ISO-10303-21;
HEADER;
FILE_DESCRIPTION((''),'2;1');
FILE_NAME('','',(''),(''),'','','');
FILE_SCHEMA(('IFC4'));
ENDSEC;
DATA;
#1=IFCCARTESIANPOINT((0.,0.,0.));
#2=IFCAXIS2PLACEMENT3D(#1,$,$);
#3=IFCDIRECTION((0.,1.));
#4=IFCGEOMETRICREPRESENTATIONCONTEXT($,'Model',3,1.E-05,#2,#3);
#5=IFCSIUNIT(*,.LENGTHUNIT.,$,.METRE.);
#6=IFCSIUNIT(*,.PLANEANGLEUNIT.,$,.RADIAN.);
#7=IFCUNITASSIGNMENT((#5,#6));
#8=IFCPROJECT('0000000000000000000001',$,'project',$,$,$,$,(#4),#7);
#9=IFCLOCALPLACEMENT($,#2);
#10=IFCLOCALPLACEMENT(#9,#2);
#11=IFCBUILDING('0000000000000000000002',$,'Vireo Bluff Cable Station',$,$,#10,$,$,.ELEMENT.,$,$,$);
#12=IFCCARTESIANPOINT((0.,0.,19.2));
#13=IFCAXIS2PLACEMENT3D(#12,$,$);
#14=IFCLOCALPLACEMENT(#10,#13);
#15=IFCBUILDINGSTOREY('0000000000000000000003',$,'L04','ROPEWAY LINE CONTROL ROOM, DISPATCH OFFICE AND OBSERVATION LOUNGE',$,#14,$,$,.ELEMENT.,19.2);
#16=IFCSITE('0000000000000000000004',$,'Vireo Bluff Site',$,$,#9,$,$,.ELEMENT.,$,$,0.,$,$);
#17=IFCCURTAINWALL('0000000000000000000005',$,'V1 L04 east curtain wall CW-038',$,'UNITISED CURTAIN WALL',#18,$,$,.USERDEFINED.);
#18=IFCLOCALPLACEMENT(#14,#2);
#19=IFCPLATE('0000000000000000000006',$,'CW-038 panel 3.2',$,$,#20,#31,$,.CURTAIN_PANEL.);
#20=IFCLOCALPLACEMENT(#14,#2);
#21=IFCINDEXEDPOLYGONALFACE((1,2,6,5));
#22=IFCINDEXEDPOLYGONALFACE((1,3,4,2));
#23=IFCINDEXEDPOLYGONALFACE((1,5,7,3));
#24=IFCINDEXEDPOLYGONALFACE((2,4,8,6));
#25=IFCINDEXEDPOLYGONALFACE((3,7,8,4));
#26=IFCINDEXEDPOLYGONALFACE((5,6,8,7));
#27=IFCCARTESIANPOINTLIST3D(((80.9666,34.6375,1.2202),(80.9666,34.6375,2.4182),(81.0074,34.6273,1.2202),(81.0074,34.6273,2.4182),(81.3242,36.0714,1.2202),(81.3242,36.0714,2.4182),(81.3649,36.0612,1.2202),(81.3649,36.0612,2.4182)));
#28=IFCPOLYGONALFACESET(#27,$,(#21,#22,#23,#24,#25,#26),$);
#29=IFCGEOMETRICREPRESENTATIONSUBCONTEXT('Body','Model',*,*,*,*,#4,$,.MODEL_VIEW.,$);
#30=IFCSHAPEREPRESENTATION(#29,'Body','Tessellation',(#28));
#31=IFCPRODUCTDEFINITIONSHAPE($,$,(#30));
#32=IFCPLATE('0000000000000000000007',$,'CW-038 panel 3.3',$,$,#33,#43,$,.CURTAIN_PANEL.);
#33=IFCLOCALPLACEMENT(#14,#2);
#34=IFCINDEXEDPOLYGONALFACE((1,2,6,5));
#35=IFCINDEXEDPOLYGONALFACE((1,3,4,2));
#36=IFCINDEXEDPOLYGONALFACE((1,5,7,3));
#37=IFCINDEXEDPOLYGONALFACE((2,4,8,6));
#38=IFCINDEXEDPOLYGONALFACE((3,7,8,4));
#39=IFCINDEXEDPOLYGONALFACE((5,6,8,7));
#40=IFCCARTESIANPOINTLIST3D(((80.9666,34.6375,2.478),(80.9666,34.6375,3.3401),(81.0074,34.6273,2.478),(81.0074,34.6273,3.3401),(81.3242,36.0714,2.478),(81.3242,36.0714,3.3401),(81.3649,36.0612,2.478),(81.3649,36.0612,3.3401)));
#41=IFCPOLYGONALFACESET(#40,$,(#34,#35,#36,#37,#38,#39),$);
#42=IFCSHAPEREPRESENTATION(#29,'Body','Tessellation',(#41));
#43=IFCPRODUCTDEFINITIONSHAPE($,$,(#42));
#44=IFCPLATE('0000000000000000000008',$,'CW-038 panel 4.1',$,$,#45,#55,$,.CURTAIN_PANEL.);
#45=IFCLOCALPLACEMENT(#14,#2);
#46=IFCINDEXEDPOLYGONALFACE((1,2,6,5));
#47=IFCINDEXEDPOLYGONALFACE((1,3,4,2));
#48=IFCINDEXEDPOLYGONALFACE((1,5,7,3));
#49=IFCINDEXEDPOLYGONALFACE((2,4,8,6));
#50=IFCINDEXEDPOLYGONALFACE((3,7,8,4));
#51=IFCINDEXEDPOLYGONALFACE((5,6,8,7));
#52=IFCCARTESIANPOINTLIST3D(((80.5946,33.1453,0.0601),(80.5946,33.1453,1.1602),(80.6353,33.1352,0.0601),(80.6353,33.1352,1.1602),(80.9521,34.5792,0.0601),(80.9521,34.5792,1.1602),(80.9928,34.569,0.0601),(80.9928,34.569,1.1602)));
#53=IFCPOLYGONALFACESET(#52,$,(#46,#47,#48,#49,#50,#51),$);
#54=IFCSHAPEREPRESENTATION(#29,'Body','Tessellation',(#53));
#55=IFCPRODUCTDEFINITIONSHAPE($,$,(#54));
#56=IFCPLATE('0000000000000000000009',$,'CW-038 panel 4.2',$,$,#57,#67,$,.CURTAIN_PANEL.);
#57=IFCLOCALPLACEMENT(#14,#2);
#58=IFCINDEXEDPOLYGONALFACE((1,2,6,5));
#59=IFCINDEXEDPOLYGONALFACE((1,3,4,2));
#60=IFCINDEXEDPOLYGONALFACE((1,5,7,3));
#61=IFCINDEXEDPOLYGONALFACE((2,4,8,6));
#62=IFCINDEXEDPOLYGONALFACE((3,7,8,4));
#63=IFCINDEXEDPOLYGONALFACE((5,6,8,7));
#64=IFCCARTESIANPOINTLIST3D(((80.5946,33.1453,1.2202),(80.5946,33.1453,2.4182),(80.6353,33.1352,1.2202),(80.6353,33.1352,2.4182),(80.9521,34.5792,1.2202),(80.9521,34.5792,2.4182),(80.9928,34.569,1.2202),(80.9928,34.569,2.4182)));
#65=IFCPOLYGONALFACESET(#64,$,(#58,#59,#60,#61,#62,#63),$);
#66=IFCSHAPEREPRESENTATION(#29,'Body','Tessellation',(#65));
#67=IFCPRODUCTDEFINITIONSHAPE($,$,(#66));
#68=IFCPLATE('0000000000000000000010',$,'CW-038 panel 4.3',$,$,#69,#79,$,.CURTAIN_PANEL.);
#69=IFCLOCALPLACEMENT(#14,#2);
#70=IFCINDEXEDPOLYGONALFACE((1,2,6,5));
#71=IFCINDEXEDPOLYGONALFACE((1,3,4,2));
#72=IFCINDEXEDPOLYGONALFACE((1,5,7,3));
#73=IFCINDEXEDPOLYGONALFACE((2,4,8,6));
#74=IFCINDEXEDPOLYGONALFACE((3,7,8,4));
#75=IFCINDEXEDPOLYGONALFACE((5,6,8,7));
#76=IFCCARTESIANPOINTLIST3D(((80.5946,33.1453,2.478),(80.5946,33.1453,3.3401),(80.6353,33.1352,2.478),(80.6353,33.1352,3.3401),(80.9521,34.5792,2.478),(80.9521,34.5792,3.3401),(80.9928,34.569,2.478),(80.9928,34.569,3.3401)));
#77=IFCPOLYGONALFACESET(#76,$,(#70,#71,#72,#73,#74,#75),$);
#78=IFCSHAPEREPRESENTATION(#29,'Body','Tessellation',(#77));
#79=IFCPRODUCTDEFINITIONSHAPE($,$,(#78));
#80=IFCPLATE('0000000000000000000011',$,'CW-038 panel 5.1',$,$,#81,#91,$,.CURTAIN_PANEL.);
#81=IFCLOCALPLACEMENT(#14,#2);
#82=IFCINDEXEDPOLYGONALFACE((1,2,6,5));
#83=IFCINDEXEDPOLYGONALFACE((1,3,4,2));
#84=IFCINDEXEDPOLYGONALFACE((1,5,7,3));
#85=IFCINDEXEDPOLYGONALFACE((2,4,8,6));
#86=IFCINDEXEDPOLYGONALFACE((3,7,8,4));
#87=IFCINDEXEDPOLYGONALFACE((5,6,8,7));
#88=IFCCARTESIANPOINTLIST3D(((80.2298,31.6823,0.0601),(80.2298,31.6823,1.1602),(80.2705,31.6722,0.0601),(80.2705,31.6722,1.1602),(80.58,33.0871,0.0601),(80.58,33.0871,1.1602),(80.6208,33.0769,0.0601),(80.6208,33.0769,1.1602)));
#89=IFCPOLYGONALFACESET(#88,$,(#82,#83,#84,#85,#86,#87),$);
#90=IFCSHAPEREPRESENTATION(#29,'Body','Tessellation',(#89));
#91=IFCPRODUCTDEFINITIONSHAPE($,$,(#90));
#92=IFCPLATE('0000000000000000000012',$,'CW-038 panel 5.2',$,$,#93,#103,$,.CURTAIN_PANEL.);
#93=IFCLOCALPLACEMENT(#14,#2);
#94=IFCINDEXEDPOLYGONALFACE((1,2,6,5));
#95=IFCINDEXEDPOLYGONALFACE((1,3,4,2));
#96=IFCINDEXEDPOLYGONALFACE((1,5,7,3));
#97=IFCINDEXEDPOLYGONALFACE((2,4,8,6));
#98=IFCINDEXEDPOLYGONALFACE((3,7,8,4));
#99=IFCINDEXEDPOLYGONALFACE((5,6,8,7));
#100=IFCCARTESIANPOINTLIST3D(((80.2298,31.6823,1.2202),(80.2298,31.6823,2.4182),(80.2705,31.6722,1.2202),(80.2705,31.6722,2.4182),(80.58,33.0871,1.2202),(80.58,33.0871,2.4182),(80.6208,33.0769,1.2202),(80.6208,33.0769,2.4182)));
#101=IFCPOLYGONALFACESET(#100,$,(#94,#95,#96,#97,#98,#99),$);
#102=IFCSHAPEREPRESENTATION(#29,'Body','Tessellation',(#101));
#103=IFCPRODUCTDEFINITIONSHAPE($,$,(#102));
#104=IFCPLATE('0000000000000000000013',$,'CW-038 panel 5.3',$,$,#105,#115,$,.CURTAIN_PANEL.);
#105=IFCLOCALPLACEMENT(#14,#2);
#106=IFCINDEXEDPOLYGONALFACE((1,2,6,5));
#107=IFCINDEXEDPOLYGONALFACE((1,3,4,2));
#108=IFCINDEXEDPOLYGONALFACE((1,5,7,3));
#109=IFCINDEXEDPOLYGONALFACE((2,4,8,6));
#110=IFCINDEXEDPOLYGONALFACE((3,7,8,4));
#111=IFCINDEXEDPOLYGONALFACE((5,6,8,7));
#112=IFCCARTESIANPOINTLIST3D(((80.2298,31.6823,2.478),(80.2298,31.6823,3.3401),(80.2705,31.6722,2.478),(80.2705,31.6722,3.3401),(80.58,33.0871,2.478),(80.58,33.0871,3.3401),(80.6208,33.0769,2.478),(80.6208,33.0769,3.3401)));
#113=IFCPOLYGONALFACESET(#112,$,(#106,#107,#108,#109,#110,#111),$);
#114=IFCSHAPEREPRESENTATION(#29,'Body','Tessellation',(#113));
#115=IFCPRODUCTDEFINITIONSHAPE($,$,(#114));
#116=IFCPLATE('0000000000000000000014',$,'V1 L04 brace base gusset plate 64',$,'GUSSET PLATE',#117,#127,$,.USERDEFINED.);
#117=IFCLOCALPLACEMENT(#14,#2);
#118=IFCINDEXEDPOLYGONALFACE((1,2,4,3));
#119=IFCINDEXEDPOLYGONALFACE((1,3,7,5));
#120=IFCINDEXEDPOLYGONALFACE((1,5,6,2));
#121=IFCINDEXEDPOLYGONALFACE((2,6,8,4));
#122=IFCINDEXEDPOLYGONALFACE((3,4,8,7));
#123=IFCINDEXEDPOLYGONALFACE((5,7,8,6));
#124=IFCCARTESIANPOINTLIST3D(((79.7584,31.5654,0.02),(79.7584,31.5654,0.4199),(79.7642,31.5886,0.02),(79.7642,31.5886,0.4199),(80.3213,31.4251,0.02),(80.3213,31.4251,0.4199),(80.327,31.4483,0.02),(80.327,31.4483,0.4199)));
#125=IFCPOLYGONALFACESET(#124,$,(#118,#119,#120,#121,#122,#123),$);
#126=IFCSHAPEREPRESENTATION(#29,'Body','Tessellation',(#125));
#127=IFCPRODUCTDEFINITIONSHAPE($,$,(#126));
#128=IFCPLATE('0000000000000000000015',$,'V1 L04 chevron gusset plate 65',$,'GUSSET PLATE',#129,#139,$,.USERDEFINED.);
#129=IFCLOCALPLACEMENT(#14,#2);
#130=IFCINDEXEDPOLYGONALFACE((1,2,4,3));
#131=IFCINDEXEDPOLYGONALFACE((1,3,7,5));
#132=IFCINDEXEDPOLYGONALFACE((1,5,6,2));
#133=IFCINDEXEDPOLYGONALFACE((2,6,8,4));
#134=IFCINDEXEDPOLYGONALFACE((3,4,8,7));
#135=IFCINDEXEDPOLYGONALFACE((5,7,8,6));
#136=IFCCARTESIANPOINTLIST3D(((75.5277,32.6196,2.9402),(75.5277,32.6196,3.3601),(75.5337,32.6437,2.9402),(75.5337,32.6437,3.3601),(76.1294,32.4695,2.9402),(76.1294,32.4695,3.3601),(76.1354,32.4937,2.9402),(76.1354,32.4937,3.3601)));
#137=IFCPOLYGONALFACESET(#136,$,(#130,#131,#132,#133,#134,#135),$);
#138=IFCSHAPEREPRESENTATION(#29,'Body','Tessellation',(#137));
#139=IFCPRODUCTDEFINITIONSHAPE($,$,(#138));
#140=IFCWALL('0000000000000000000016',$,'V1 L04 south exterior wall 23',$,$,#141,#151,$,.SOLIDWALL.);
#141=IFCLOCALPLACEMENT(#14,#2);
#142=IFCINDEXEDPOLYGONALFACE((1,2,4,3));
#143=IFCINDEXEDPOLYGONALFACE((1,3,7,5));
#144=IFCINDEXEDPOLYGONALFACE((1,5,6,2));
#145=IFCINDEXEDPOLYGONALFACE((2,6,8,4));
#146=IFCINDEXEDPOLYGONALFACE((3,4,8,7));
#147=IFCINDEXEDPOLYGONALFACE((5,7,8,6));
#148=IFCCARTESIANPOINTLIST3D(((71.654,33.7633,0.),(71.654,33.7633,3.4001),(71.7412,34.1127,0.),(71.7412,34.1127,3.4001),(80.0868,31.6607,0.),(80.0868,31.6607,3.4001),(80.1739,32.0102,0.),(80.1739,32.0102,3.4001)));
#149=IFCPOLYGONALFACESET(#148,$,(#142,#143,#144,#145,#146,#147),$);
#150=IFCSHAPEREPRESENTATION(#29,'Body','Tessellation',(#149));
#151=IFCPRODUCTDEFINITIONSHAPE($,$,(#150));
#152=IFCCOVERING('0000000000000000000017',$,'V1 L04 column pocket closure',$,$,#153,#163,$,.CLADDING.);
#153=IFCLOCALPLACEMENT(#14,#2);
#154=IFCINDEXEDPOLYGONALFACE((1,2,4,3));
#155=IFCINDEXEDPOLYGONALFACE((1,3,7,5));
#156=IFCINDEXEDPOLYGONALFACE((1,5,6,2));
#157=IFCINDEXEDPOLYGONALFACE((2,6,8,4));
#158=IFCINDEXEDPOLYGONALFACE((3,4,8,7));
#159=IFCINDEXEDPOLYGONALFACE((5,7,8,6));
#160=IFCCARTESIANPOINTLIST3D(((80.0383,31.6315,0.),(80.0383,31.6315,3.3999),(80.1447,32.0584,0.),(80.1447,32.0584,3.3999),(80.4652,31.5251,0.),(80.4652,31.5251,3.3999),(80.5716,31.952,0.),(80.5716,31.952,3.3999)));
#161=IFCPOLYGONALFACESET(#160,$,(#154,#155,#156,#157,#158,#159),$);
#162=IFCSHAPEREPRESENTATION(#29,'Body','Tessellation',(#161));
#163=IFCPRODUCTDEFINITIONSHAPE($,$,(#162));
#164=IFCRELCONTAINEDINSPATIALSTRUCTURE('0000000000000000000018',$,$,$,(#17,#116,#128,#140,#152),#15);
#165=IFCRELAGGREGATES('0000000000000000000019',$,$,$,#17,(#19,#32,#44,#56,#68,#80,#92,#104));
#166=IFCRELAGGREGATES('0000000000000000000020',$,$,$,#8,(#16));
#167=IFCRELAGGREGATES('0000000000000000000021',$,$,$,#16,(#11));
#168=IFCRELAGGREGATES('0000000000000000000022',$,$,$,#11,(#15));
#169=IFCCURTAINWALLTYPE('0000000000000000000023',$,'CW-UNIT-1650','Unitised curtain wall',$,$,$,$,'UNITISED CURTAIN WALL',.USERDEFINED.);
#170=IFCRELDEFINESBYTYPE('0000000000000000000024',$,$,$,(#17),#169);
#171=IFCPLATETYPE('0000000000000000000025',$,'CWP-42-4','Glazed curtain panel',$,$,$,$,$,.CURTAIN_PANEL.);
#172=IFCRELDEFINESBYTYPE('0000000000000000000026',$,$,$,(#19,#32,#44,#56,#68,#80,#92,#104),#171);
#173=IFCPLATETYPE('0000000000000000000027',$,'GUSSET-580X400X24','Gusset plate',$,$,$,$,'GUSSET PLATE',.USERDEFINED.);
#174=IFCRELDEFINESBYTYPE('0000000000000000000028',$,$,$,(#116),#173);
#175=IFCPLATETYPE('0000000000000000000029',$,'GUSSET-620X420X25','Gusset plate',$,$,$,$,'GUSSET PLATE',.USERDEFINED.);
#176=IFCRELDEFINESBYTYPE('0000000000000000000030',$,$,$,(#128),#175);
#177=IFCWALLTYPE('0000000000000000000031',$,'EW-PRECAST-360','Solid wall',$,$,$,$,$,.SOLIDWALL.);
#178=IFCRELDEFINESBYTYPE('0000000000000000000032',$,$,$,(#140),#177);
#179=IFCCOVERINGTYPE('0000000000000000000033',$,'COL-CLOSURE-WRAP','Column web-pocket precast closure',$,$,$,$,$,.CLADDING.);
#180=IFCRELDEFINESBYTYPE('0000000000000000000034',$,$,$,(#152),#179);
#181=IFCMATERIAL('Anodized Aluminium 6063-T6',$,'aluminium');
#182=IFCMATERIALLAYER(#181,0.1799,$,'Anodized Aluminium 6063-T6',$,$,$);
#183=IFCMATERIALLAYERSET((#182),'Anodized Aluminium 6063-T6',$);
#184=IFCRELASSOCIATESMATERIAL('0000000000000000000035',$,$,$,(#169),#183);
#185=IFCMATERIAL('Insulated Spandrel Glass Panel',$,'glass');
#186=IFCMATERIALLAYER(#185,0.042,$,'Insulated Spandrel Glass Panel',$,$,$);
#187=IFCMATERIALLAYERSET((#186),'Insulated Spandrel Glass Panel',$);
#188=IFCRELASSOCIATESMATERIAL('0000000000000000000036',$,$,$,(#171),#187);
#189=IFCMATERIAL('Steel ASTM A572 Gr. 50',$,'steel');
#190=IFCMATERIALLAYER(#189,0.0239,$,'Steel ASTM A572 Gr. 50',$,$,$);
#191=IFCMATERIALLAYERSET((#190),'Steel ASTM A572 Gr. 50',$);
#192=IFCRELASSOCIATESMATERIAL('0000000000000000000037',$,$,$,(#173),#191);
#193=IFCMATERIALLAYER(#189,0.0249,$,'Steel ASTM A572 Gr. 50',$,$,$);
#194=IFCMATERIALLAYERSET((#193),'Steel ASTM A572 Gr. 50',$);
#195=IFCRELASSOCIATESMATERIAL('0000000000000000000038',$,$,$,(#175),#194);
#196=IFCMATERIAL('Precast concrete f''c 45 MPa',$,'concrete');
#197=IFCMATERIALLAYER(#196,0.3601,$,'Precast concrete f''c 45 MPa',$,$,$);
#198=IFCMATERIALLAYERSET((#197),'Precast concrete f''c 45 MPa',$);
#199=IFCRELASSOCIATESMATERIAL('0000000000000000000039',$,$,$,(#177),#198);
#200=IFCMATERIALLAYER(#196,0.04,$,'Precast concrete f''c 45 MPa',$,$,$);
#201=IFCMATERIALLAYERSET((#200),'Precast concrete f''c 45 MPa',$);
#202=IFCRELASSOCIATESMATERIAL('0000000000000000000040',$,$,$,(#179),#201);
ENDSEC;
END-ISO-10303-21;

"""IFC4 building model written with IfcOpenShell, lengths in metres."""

from ifc_helpers import new_model, si_unit, direction, frame, frame_2d, origin, origin_2d, place, context, subcontext, project, spatial, rectangle, extrude, material, layer, layer_set, type_object, element, aggregate, save


model = new_model("IFC4")

# Units and contexts
model_context = context("Model", 3, precision=1e-05, world=origin(), true_north=direction((0.0, 1.0)))
body_context = subcontext(model_context, "Body", "Model", "MODEL_VIEW")
ifc_project = project(units=[si_unit("LENGTHUNIT", "METRE"), si_unit("PLANEANGLEUNIT", "RADIAN")], contexts=[model_context])

# Site, building, storey
site_placement = place(None, origin())
site = spatial("IfcSite", under=ifc_project, at=site_placement, Name="Vireo Bluff Site", CompositionType="ELEMENT", RefElevation=0.0)
building_placement = place(site_placement, origin())
building = spatial("IfcBuilding", under=site, at=building_placement, Name="Vireo Bluff Cable Station", CompositionType="ELEMENT")
storey_placement = place(building_placement, frame((0.0, 0.0, 19.2)))
storey = spatial("IfcBuildingStorey", under=building, at=storey_placement, Name="L04", Description="ROPEWAY LINE CONTROL ROOM, DISPATCH OFFICE AND OBSERVATION LOUNGE", CompositionType="ELEMENT", Elevation=19.2)

# Curtain wall
ifc_material_1 = material(Name="Anodized Aluminium 6063-T6", Category="aluminium")
ifc_layer_1 = layer(ifc_material_1, 0.1799, Name="Anodized Aluminium 6063-T6")
ifc_layer_set_1 = layer_set([ifc_layer_1], Name="Anodized Aluminium 6063-T6")
curtain_wall_type = type_object("IfcCurtainWallType", Name="CW-UNIT-1650", Description="Unitised curtain wall", ElementType="UNITISED CURTAIN WALL", PredefinedType="USERDEFINED", material=ifc_layer_set_1)
curtain_wall_placement = place(storey_placement, origin())
curtain_wall = element("IfcCurtainWall", 1, at=curtain_wall_placement, inside=storey, type_object=curtain_wall_type, Name="V1 L04 east curtain wall CW-038", ObjectType="UNITISED CURTAIN WALL", PredefinedType="USERDEFINED")

# Plates
ifc_material_2 = material(Name="Insulated Spandrel Glass Panel", Category="glass")
ifc_layer_2 = layer(ifc_material_2, 0.042, Name="Insulated Spandrel Glass Panel")
ifc_layer_set_2 = layer_set([ifc_layer_2], Name="Insulated Spandrel Glass Panel")
plate_type_1 = type_object("IfcPlateType", Name="CWP-42-4", Description="Glazed curtain panel", PredefinedType="CURTAIN_PANEL", material=ifc_layer_set_2)
plate_1_placement = place(storey_placement, frame((81.1658, 35.3494, 1.2202), z_axis=(0.0, 0.0, 1.0), x_axis=(-0.241922, -0.970296, 0.0)))
plate_1 = element("IfcPlate", 2, at=plate_1_placement, type_object=plate_type_1, Name="CW-038 panel 3.2", PredefinedType="CURTAIN_PANEL", context=body_context, shape_type="SweptSolid", body=[
    extrude(rectangle(XDim=1.4778, YDim=0.042, at=origin_2d()), origin(), (0.0, 0.0, 1.0), 1.198),
])
plate_2_placement = place(storey_placement, frame((81.1658, 35.3494, 2.478), z_axis=(0.0, 0.0, 1.0), x_axis=(-0.241922, -0.970296, 0.0)))
plate_2 = element("IfcPlate", 3, at=plate_2_placement, type_object=plate_type_1, Name="CW-038 panel 3.3", PredefinedType="CURTAIN_PANEL", context=body_context, shape_type="SweptSolid", body=[
    extrude(rectangle(XDim=1.4778, YDim=0.042, at=origin_2d()), origin(), (0.0, 0.0, 1.0), 0.8621),
])
plate_3_placement = place(storey_placement, frame((80.7937, 33.8572, 0.0601), z_axis=(0.0, 0.0, 1.0), x_axis=(-0.241922, -0.970296, 0.0)))
plate_3 = element("IfcPlate", 4, at=plate_3_placement, type_object=plate_type_1, Name="CW-038 panel 4.1", PredefinedType="CURTAIN_PANEL", context=body_context, shape_type="SweptSolid", body=[
    extrude(rectangle(XDim=1.4778, YDim=0.042, at=origin_2d()), origin(), (0.0, 0.0, 1.0), 1.1001),
])
plate_4_placement = place(storey_placement, frame((80.7937, 33.8572, 1.2202), z_axis=(0.0, 0.0, 1.0), x_axis=(-0.241922, -0.970296, 0.0)))
plate_4 = element("IfcPlate", 5, at=plate_4_placement, type_object=plate_type_1, Name="CW-038 panel 4.2", PredefinedType="CURTAIN_PANEL", context=body_context, shape_type="SweptSolid", body=[
    extrude(rectangle(XDim=1.4778, YDim=0.042, at=origin_2d()), origin(), (0.0, 0.0, 1.0), 1.198),
])
plate_5_placement = place(storey_placement, frame((80.7937, 33.8572, 2.478), z_axis=(0.0, 0.0, 1.0), x_axis=(-0.241922, -0.970296, 0.0)))
plate_5 = element("IfcPlate", 6, at=plate_5_placement, type_object=plate_type_1, Name="CW-038 panel 4.3", PredefinedType="CURTAIN_PANEL", context=body_context, shape_type="SweptSolid", body=[
    extrude(rectangle(XDim=1.4778, YDim=0.042, at=origin_2d()), origin(), (0.0, 0.0, 1.0), 0.8621),
])
plate_6_placement = place(storey_placement, frame((80.4253, 32.3796, 0.0601), z_axis=(0.0, 0.0, 1.0), x_axis=(-0.241922, -0.970296, 0.0)))
plate_6 = element("IfcPlate", 7, at=plate_6_placement, type_object=plate_type_1, Name="CW-038 panel 5.1", PredefinedType="CURTAIN_PANEL", context=body_context, shape_type="SweptSolid", body=[
    extrude(rectangle(XDim=1.4478, YDim=0.042, at=origin_2d()), origin(), (0.0, 0.0, 1.0), 1.1001),
])
plate_7_placement = place(storey_placement, frame((80.4253, 32.3796, 1.2202), z_axis=(0.0, 0.0, 1.0), x_axis=(-0.241922, -0.970296, 0.0)))
plate_7 = element("IfcPlate", 8, at=plate_7_placement, type_object=plate_type_1, Name="CW-038 panel 5.2", PredefinedType="CURTAIN_PANEL", context=body_context, shape_type="SweptSolid", body=[
    extrude(rectangle(XDim=1.4478, YDim=0.042, at=origin_2d()), origin(), (0.0, 0.0, 1.0), 1.198),
])
plate_8_placement = place(storey_placement, frame((80.4253, 32.3796, 2.478), z_axis=(0.0, 0.0, 1.0), x_axis=(-0.241922, -0.970296, 0.0)))
plate_8 = element("IfcPlate", 9, at=plate_8_placement, type_object=plate_type_1, Name="CW-038 panel 5.3", PredefinedType="CURTAIN_PANEL", context=body_context, shape_type="SweptSolid", body=[
    extrude(rectangle(XDim=1.4478, YDim=0.042, at=origin_2d()), origin(), (0.0, 0.0, 1.0), 0.8621),
])
aggregate(curtain_wall, [plate_1, plate_2, plate_3, plate_4, plate_5, plate_6, plate_7, plate_8])

# Plates
ifc_material_3 = material(Name="Steel ASTM A572 Gr. 50", Category="steel")
ifc_layer_3 = layer(ifc_material_3, 0.0239, Name="Steel ASTM A572 Gr. 50")
ifc_layer_set_3 = layer_set([ifc_layer_3], Name="Steel ASTM A572 Gr. 50")
plate_type_2 = type_object("IfcPlateType", Name="GUSSET-580X400X24", Description="Gusset plate", ElementType="GUSSET PLATE", PredefinedType="USERDEFINED", material=ifc_layer_set_3)
plate_9_placement = place(storey_placement, frame((80.0427, 31.5068, 0.02), z_axis=(0.0, 0.0, 1.0), x_axis=(0.970296, -0.241922, 0.0)))
element("IfcPlate", 10, at=plate_9_placement, inside=storey, type_object=plate_type_2, Name="V1 L04 brace base gusset plate 64", ObjectType="GUSSET PLATE", PredefinedType="USERDEFINED", context=body_context, shape_type="SweptSolid", body=[
    extrude(rectangle(XDim=0.5801, YDim=0.0239, at=origin_2d()), origin(), (0.0, 0.0, 1.0), 0.3999),
])
ifc_layer_4 = layer(ifc_material_3, 0.0249, Name="Steel ASTM A572 Gr. 50")
ifc_layer_set_4 = layer_set([ifc_layer_4], Name="Steel ASTM A572 Gr. 50")
plate_type_3 = type_object("IfcPlateType", Name="GUSSET-620X420X25", Description="Gusset plate", ElementType="GUSSET PLATE", PredefinedType="USERDEFINED", material=ifc_layer_set_4)
plate_10_placement = place(storey_placement, frame((75.8315, 32.5566, 2.9402), z_axis=(0.0, 0.0, 1.0), x_axis=(0.970296, -0.241922, 0.0)))
element("IfcPlate", 11, at=plate_10_placement, inside=storey, type_object=plate_type_3, Name="V1 L04 chevron gusset plate 65", ObjectType="GUSSET PLATE", PredefinedType="USERDEFINED", context=body_context, shape_type="SweptSolid", body=[
    extrude(rectangle(XDim=0.6201, YDim=0.0249, at=origin_2d()), origin(), (0.0, 0.0, 1.0), 0.4199),
])

# Wall
ifc_material_4 = material(Name="Precast concrete f'c 45 MPa", Category="concrete")
ifc_layer_5 = layer(ifc_material_4, 0.3601, Name="Precast concrete f'c 45 MPa")
ifc_layer_set_5 = layer_set([ifc_layer_5], Name="Precast concrete f'c 45 MPa")
wall_type = type_object("IfcWallType", Name="EW-PRECAST-360", Description="Solid wall", PredefinedType="SOLIDWALL", material=ifc_layer_set_5)
wall_placement = place(storey_placement, frame((80.1304, 31.8354, 0.0), z_axis=(0.0, 0.0, 1.0), x_axis=(-0.970296, 0.241921, 0.0)))
element("IfcWall", 12, at=wall_placement, inside=storey, type_object=wall_type, Name="V1 L04 south exterior wall 23", PredefinedType="SOLIDWALL", context=body_context, shape_type="SweptSolid", body=[
    extrude(rectangle(XDim=8.6909, YDim=0.3601, at=frame_2d((4.3455, 0.0))), origin(), (0.0, 0.0, 1.0), 3.4001),
])

# Covering
ifc_layer_6 = layer(ifc_material_4, 0.04, Name="Precast concrete f'c 45 MPa")
ifc_layer_set_6 = layer_set([ifc_layer_6], Name="Precast concrete f'c 45 MPa")
covering_type = type_object("IfcCoveringType", Name="COL-CLOSURE-WRAP", Description="Column web-pocket precast closure", PredefinedType="CLADDING", material=ifc_layer_set_6)
covering_placement = place(storey_placement, frame((80.3049, 31.7917, 0.0), z_axis=(0.0, 0.0, 1.0), x_axis=(0.970296, -0.241922, 0.0)))
element("IfcCovering", 13, at=covering_placement, inside=storey, type_object=covering_type, Name="V1 L04 column pocket closure", PredefinedType="CLADDING", context=body_context, shape_type="SweptSolid", body=[
    extrude(rectangle(XDim=0.4399, YDim=0.4399, at=origin_2d()), origin(), (0.0, 0.0, 1.0), 3.3999),
])

save(model, "model.ifc")
